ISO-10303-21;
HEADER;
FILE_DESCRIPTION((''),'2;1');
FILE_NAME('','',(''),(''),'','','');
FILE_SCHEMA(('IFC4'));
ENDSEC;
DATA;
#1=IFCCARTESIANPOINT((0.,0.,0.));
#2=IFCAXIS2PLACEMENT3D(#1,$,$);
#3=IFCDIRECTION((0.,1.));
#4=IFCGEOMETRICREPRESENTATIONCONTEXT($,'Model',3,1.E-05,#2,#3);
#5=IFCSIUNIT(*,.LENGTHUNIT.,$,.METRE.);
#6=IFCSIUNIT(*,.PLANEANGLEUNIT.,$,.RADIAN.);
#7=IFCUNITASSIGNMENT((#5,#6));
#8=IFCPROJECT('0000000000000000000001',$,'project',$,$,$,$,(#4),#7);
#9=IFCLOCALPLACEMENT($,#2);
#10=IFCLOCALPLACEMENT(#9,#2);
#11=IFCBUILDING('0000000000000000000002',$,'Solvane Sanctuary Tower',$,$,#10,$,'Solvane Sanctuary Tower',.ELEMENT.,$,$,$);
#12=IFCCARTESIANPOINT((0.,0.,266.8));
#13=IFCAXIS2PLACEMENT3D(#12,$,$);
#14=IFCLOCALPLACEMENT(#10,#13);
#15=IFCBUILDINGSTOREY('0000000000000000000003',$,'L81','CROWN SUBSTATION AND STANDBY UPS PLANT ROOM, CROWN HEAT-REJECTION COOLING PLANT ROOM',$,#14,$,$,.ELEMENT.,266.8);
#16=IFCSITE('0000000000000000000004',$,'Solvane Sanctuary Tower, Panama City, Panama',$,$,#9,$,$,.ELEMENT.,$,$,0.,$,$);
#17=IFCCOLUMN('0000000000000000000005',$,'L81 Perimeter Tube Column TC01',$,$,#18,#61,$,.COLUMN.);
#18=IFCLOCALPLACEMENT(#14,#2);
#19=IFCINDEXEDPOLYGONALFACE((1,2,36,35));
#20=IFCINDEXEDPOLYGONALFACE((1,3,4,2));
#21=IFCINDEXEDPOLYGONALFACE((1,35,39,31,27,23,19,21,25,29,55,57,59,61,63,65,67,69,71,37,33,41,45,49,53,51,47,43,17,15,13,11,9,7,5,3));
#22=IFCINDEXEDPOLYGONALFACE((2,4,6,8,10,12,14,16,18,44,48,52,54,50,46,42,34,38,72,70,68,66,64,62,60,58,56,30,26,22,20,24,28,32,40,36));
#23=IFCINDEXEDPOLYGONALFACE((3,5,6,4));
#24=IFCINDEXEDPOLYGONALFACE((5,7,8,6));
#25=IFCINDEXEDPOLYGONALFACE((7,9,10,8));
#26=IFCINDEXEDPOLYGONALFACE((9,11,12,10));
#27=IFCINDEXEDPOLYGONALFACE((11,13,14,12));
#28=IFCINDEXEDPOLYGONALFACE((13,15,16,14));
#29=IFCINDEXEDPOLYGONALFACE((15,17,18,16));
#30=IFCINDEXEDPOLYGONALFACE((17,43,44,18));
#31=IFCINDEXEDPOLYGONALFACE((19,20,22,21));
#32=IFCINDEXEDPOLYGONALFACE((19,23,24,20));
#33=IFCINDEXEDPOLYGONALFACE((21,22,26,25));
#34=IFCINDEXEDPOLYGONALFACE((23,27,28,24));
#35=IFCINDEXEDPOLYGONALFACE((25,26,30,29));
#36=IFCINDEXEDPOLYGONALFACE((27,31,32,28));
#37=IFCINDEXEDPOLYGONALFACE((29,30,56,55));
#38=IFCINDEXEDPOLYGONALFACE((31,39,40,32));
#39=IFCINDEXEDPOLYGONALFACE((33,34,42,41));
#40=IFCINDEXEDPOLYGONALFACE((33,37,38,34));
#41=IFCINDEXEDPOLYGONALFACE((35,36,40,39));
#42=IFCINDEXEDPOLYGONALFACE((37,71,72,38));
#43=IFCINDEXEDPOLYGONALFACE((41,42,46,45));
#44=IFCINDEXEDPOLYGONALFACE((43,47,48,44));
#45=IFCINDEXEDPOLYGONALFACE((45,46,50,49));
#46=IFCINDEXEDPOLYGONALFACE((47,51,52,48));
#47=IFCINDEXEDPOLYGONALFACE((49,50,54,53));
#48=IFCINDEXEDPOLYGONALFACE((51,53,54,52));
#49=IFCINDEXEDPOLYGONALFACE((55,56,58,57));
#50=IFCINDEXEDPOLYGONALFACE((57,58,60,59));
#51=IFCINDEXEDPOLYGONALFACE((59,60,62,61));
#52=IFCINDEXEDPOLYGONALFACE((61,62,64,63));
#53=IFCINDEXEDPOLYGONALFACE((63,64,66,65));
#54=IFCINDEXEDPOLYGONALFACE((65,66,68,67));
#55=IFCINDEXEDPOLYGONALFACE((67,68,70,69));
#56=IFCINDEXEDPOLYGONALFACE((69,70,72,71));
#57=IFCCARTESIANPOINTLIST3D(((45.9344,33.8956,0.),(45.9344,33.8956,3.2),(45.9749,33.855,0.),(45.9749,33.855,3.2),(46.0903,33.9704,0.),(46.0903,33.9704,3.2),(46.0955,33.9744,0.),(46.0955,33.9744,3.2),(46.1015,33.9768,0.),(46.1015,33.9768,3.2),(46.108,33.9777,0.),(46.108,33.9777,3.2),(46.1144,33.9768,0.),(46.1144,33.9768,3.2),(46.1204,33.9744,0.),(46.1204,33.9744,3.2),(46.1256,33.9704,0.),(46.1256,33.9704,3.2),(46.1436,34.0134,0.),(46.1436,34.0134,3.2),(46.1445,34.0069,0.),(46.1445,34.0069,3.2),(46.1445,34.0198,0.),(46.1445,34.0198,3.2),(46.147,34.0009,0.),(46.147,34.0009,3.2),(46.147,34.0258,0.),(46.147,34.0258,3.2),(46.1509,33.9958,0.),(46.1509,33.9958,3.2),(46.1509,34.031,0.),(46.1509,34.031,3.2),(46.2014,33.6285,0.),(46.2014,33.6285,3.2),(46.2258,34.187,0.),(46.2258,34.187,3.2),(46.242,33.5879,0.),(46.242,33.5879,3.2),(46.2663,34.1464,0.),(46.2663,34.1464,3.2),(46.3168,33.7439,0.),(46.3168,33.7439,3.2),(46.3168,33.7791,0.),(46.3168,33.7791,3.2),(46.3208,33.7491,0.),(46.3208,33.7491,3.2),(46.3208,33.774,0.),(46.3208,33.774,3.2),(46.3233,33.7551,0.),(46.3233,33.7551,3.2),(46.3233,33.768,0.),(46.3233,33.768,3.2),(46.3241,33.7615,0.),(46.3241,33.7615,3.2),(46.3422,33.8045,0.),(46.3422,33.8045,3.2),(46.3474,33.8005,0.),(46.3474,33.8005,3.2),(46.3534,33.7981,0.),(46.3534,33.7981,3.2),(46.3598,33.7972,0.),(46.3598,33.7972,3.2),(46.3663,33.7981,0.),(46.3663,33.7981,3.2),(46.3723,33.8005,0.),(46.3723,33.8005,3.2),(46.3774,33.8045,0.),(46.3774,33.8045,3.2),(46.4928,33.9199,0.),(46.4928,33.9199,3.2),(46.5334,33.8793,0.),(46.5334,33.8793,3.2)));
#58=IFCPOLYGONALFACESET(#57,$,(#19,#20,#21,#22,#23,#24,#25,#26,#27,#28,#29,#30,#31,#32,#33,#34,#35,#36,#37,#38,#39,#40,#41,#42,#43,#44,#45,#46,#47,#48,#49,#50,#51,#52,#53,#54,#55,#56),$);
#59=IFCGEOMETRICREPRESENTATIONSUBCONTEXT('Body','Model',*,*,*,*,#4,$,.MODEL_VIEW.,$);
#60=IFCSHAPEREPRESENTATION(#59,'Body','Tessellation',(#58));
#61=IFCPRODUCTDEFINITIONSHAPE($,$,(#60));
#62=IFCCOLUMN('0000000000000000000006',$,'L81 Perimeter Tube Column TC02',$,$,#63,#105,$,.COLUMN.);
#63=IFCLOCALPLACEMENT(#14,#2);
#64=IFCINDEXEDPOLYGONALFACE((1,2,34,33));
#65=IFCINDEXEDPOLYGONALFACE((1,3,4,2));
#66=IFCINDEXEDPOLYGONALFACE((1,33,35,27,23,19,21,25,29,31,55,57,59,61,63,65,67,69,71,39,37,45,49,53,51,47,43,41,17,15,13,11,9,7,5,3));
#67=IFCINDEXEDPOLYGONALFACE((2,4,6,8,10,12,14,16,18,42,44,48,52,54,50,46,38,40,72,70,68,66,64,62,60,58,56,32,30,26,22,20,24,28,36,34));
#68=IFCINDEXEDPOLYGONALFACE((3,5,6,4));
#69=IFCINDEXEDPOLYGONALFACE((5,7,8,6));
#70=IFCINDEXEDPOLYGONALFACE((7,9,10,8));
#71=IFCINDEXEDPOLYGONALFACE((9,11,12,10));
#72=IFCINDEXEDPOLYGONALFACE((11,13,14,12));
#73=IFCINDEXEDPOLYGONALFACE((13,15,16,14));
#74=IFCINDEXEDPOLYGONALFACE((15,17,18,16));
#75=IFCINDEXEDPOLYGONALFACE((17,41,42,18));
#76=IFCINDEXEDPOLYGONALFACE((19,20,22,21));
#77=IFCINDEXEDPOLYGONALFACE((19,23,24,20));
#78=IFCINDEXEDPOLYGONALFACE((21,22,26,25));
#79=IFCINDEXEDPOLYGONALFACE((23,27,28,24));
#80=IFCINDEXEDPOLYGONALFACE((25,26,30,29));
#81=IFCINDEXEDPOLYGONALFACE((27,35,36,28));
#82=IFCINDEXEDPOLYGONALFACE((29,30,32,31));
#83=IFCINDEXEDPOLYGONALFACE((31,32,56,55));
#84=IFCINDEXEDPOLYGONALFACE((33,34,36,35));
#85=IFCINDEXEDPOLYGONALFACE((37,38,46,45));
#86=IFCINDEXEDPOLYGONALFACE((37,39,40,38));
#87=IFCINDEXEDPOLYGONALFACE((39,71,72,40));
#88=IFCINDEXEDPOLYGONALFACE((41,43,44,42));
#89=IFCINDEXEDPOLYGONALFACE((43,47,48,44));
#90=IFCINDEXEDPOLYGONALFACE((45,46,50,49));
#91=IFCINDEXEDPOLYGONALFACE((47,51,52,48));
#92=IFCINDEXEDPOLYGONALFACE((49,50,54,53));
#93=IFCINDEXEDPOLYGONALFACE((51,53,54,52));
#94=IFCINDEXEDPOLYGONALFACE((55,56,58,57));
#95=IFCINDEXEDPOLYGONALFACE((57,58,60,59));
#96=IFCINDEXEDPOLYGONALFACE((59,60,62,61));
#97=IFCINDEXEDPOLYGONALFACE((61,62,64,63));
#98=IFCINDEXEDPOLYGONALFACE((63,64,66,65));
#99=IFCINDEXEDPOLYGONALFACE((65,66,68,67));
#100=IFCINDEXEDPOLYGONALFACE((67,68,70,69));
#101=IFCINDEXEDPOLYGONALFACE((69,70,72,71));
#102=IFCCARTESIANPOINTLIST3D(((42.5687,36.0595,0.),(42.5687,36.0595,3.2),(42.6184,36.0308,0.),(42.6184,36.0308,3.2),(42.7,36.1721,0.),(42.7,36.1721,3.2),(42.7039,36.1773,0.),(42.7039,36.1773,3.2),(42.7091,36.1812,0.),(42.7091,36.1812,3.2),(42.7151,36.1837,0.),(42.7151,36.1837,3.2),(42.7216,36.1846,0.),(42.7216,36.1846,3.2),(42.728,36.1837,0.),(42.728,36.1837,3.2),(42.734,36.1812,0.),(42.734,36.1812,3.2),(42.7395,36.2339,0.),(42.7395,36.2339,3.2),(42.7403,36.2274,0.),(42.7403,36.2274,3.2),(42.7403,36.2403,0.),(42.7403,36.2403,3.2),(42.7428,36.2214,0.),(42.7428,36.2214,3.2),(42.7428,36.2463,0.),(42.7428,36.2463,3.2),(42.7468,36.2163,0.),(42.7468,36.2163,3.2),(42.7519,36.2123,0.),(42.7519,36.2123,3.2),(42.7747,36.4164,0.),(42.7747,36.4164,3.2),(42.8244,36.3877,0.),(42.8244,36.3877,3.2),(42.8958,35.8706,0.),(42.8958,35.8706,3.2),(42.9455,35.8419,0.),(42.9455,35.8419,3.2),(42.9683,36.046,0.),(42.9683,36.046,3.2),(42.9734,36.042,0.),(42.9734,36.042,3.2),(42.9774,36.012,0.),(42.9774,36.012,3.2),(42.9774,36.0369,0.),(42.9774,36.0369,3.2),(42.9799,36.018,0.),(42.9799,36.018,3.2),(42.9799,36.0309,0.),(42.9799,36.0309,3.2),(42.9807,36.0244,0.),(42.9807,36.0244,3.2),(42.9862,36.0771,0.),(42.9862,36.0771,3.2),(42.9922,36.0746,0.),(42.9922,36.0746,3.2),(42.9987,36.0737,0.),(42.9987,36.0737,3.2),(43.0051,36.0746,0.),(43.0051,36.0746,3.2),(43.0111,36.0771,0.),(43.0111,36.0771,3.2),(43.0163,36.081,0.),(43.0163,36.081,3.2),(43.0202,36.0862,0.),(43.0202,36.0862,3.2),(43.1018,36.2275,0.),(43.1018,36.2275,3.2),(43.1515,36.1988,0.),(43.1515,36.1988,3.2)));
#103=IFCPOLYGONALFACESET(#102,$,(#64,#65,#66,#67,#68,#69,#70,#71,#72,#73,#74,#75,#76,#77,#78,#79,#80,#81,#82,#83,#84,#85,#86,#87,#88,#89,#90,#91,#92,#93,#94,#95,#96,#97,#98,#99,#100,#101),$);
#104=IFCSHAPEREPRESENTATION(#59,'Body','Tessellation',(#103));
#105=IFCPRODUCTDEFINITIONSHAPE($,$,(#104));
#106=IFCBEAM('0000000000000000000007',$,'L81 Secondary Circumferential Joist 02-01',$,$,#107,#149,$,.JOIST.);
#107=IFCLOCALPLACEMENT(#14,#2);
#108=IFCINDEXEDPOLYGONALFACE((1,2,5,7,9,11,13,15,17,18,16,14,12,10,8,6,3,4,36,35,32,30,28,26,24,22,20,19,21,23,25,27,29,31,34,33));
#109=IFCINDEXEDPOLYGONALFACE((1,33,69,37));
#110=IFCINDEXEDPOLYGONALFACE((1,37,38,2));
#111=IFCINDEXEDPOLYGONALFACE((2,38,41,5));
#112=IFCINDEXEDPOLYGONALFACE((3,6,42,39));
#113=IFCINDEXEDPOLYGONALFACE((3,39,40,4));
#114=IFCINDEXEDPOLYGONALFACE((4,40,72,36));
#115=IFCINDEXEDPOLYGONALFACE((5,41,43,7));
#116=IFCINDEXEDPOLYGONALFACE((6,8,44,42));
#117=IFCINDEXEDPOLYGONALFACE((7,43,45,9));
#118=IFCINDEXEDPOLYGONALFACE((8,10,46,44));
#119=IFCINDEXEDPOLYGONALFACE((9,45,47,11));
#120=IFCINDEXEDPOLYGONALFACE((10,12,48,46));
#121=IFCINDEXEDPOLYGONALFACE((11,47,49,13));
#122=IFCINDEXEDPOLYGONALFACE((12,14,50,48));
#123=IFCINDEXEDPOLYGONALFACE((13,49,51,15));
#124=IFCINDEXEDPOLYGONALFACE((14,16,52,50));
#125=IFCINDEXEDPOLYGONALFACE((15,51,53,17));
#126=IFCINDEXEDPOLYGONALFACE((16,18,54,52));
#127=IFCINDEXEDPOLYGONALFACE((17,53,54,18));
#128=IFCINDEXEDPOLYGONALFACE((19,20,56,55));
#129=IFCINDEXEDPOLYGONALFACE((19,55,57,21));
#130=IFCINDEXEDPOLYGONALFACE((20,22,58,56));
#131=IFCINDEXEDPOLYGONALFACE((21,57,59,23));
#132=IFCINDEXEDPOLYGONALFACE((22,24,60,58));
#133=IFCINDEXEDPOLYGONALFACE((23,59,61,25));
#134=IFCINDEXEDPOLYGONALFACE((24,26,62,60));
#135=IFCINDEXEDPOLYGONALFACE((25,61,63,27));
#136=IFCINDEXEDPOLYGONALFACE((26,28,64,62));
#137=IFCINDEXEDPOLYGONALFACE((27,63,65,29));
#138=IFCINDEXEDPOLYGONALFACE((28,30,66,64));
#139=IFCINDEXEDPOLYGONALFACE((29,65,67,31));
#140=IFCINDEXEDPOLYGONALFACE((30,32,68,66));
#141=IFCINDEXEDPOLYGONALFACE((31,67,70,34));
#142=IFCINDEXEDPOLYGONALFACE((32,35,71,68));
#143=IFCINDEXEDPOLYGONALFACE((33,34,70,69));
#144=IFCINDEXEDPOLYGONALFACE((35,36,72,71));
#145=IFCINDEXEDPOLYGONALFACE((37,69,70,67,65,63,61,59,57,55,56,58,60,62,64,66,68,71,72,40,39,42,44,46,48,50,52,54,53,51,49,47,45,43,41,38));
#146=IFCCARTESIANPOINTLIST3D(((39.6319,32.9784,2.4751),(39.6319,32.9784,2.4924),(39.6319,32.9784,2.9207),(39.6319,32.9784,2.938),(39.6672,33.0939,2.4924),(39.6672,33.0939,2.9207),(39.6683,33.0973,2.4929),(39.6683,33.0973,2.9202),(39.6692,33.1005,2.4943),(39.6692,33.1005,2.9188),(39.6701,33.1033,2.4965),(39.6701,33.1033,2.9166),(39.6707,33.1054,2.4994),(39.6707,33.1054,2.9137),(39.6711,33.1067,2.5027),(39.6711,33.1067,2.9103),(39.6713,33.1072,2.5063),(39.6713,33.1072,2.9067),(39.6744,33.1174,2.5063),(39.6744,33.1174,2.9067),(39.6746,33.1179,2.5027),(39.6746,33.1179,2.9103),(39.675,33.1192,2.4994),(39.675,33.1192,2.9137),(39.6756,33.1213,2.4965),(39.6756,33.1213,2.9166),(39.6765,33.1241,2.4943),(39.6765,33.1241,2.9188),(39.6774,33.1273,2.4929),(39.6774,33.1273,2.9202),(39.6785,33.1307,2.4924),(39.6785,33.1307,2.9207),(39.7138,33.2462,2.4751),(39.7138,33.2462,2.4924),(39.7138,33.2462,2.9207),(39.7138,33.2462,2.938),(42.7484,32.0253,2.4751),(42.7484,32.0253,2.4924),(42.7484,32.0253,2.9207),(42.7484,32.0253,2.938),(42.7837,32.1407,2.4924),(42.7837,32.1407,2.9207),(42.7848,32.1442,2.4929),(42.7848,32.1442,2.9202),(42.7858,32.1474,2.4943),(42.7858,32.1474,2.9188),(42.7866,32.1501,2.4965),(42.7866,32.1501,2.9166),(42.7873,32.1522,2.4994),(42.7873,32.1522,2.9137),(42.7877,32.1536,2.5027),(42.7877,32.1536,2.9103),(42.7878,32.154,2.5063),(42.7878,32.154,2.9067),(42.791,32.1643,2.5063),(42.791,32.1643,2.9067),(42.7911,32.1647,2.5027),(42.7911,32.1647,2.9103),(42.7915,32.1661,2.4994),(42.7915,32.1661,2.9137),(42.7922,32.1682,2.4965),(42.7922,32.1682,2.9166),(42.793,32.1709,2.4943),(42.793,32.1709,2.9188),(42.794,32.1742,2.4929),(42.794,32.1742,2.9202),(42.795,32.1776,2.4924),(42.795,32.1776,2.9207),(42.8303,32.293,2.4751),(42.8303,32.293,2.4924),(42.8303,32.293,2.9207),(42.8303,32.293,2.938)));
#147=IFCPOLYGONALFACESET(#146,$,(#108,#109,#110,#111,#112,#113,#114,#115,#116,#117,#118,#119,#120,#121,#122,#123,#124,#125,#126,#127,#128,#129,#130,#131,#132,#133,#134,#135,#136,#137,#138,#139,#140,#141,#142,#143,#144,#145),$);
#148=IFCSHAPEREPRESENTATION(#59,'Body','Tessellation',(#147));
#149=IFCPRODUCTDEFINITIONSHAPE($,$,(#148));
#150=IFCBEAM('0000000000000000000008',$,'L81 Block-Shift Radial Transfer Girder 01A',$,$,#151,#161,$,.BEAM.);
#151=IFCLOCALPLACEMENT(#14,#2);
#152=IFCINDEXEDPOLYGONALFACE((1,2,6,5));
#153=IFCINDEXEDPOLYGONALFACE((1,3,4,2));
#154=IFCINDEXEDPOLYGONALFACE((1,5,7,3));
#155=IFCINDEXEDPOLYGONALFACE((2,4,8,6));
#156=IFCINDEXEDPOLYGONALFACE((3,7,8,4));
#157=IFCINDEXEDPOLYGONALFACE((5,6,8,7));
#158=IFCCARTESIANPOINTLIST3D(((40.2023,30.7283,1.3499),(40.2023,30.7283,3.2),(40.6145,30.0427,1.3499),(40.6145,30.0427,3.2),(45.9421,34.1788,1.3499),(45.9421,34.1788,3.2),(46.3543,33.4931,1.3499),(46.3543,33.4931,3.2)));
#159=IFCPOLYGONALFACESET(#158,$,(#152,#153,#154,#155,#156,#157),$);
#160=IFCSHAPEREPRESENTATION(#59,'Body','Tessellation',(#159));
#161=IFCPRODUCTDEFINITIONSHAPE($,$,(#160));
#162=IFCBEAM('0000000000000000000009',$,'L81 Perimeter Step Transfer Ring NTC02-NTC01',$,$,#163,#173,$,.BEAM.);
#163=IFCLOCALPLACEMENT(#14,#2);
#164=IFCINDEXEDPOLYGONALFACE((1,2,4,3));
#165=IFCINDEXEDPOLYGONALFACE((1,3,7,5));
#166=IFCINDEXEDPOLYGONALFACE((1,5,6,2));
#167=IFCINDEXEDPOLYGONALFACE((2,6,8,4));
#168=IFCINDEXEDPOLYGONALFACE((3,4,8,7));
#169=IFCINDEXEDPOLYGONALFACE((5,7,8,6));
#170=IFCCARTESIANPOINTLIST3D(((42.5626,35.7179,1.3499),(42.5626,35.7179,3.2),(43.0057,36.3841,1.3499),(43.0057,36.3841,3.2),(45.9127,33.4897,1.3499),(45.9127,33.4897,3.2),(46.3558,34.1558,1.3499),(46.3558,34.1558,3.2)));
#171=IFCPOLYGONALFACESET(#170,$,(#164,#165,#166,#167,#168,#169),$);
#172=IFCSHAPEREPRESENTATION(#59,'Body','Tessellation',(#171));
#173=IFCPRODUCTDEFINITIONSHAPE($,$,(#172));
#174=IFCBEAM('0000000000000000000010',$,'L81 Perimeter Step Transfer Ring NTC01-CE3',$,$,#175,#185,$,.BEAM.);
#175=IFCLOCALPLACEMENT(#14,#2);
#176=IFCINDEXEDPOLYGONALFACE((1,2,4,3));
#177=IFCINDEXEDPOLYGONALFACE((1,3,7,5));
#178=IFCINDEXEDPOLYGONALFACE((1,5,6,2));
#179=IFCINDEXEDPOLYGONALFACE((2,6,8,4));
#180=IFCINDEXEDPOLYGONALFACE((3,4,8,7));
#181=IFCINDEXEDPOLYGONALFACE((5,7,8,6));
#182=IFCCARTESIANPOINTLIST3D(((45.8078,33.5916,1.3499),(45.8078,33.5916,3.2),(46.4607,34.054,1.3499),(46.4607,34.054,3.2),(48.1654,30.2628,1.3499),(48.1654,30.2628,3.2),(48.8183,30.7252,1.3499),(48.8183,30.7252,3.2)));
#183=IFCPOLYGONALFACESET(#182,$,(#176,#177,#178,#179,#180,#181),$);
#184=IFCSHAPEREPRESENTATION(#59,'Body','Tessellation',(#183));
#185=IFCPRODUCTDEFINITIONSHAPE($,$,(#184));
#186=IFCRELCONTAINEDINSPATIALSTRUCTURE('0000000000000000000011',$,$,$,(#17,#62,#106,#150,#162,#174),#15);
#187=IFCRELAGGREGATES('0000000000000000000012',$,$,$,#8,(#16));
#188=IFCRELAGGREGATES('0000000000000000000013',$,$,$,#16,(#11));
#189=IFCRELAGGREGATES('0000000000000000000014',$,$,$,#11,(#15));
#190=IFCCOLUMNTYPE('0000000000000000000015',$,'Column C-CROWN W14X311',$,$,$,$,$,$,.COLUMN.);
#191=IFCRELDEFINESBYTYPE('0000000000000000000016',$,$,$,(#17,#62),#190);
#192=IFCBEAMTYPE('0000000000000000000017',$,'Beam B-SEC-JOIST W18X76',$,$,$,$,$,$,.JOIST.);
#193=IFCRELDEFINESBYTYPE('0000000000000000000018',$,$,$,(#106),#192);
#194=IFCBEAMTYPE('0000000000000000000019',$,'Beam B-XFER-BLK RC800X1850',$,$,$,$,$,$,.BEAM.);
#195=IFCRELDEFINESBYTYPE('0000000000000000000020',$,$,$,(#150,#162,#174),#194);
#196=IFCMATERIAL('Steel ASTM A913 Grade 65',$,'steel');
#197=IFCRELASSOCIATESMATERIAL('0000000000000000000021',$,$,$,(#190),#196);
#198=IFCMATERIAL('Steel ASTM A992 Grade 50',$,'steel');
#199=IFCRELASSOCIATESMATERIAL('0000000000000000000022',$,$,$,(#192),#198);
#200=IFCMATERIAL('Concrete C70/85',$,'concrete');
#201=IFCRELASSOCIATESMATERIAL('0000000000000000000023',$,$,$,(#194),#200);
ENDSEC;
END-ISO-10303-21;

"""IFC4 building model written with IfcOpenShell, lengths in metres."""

from ifc_helpers import new_model, si_unit, direction, frame, origin, origin_2d, place, context, subcontext, project, spatial, rectangle, i_section, extrude, material, material_profile, profile_set, type_object, element, save


model = new_model("IFC4")

# Units and contexts
model_context = context("Model", 3, precision=1e-05, world=origin(), true_north=direction((0.0, 1.0)))
body_context = subcontext(model_context, "Body", "Model", "MODEL_VIEW")
ifc_project = project(units=[si_unit("LENGTHUNIT", "METRE"), si_unit("PLANEANGLEUNIT", "RADIAN")], contexts=[model_context])

# Site, building, storey
site_placement = place(None, origin())
site = spatial("IfcSite", under=ifc_project, at=site_placement, Name="Solvane Sanctuary Tower, Panama City, Panama", CompositionType="ELEMENT", RefElevation=0.0)
building_placement = place(site_placement, origin())
building = spatial("IfcBuilding", under=site, at=building_placement, Name="Solvane Sanctuary Tower", LongName="Solvane Sanctuary Tower", CompositionType="ELEMENT")
storey_placement = place(building_placement, frame((0.0, 0.0, 266.8)))
storey = spatial("IfcBuildingStorey", under=building, at=storey_placement, Name="L81", Description="CROWN SUBSTATION AND STANDBY UPS PLANT ROOM, CROWN HEAT-REJECTION COOLING PLANT ROOM", CompositionType="ELEMENT", Elevation=266.8)

# Columns
ifc_material_1 = material(Name="Steel ASTM A913 Grade 65", Category="steel")
ifc_material_profile_1 = material_profile(ifc_material_1, i_section(OverallWidth=0.4121, OverallDepth=0.4351, WebThickness=0.0359, FlangeThickness=0.0574, FilletRadius=0.0249, at=origin_2d()), Name="W14X311")
ifc_profile_set_1 = profile_set([ifc_material_profile_1], Name="Steel ASTM A913 Grade 65")
column_type = type_object("IfcColumnType", Name="Column C-CROWN W14X311", PredefinedType="COLUMN", material=ifc_profile_set_1)
for number, where, z_axis, x_axis, name in (
    (1, (46.2339, 33.8875, 0.0), (0.0, 0.0, 1.0), (0.707107, 0.707107, 0.0), "L81 Perimeter Tube Column TC01"),
    (2, (42.8601, 36.1292, 0.0), (0.0, 0.0, 1.0), (0.5, 0.866025, 0.0), "L81 Perimeter Tube Column TC02"),
):
    element("IfcColumn", number, at=place(storey_placement, frame(where, z_axis=z_axis, x_axis=x_axis)), inside=storey, type_object=column_type, Name=name, PredefinedType="COLUMN", context=body_context, shape_type="SweptSolid", body=[
        extrude(i_section(OverallWidth=0.4121, OverallDepth=0.4351, WebThickness=0.0359, FlangeThickness=0.0574, FilletRadius=0.0249, at=origin_2d()), origin(), (0.0, 0.0, 1.0), 3.2),
    ])

# Beams
ifc_material_2 = material(Name="Steel ASTM A992 Grade 50", Category="steel")
ifc_material_profile_2 = material_profile(ifc_material_2, i_section(OverallWidth=0.28, OverallDepth=0.4629, WebThickness=0.0107, FlangeThickness=0.0173, FilletRadius=0.0139, at=origin_2d()), Name="W18X76")
ifc_profile_set_2 = profile_set([ifc_material_profile_2], Name="Steel ASTM A992 Grade 50")
beam_type_1 = type_object("IfcBeamType", Name="Beam B-SEC-JOIST W18X76", PredefinedType="JOIST", material=ifc_profile_set_2)
beam_1_placement = place(storey_placement, frame((39.6729, 33.1123, 2.7065), z_axis=(0.956277, -0.292464, 0.0), x_axis=(0.292464, 0.956277, 0.0)))
element("IfcBeam", 3, at=beam_1_placement, inside=storey, type_object=beam_type_1, Name="L81 Secondary Circumferential Joist 02-01", PredefinedType="JOIST", context=body_context, shape_type="SweptSolid", body=[
    extrude(i_section(OverallWidth=0.28, OverallDepth=0.4629, WebThickness=0.0107, FlangeThickness=0.0173, FilletRadius=0.0139, at=origin_2d()), origin(), (0.0, 0.0, 1.0), 3.259),
])
ifc_material_3 = material(Name="Concrete C70/85", Category="concrete")
ifc_material_profile_3 = material_profile(ifc_material_3, rectangle(XDim=0.8, YDim=1.8501, at=origin_2d()), Name="RC800X1850")
ifc_profile_set_3 = profile_set([ifc_material_profile_3], Name="Concrete C70/85")
beam_type_2 = type_object("IfcBeamType", Name="Beam B-XFER-BLK RC800X1850", PredefinedType="BEAM", material=ifc_profile_set_3)
beam_2_placement = place(storey_placement, frame((40.4084, 30.3855, 2.2749), z_axis=(0.857058, 0.515219, 0.0), x_axis=(-0.515219, 0.857058, 0.0)))
element("IfcBeam", 4, at=beam_2_placement, inside=storey, type_object=beam_type_2, Name="L81 Block-Shift Radial Transfer Girder 01A", PredefinedType="BEAM", context=body_context, shape_type="SweptSolid", body=[
    extrude(rectangle(XDim=0.8, YDim=1.8501, at=origin_2d()), origin(), (0.0, 0.0, 1.0), 6.697),
])
beam_3_placement = place(storey_placement, frame((42.7842, 36.051, 2.2749), z_axis=(0.832638, -0.553818, 0.0), x_axis=(0.553818, 0.832638, 0.0)))
element("IfcBeam", 5, at=beam_3_placement, inside=storey, type_object=beam_type_2, Name="L81 Perimeter Step Transfer Ring NTC02-NTC01", PredefinedType="BEAM", context=body_context, shape_type="SweptSolid", body=[
    extrude(rectangle(XDim=0.8, YDim=1.8501, at=origin_2d()), origin(), (0.0, 0.0, 1.0), 4.0234),
])
beam_4_placement = place(storey_placement, frame((46.1343, 33.8228, 2.2749), z_axis=(0.577973, -0.816056, 0.0), x_axis=(0.816056, 0.577973, 0.0)))
element("IfcBeam", 6, at=beam_4_placement, inside=storey, type_object=beam_type_2, Name="L81 Perimeter Step Transfer Ring NTC01-CE3", PredefinedType="BEAM", context=body_context, shape_type="SweptSolid", body=[
    extrude(rectangle(XDim=0.8, YDim=1.8501, at=origin_2d()), origin(), (0.0, 0.0, 1.0), 4.0791),
])

save(model, "model.ifc")
